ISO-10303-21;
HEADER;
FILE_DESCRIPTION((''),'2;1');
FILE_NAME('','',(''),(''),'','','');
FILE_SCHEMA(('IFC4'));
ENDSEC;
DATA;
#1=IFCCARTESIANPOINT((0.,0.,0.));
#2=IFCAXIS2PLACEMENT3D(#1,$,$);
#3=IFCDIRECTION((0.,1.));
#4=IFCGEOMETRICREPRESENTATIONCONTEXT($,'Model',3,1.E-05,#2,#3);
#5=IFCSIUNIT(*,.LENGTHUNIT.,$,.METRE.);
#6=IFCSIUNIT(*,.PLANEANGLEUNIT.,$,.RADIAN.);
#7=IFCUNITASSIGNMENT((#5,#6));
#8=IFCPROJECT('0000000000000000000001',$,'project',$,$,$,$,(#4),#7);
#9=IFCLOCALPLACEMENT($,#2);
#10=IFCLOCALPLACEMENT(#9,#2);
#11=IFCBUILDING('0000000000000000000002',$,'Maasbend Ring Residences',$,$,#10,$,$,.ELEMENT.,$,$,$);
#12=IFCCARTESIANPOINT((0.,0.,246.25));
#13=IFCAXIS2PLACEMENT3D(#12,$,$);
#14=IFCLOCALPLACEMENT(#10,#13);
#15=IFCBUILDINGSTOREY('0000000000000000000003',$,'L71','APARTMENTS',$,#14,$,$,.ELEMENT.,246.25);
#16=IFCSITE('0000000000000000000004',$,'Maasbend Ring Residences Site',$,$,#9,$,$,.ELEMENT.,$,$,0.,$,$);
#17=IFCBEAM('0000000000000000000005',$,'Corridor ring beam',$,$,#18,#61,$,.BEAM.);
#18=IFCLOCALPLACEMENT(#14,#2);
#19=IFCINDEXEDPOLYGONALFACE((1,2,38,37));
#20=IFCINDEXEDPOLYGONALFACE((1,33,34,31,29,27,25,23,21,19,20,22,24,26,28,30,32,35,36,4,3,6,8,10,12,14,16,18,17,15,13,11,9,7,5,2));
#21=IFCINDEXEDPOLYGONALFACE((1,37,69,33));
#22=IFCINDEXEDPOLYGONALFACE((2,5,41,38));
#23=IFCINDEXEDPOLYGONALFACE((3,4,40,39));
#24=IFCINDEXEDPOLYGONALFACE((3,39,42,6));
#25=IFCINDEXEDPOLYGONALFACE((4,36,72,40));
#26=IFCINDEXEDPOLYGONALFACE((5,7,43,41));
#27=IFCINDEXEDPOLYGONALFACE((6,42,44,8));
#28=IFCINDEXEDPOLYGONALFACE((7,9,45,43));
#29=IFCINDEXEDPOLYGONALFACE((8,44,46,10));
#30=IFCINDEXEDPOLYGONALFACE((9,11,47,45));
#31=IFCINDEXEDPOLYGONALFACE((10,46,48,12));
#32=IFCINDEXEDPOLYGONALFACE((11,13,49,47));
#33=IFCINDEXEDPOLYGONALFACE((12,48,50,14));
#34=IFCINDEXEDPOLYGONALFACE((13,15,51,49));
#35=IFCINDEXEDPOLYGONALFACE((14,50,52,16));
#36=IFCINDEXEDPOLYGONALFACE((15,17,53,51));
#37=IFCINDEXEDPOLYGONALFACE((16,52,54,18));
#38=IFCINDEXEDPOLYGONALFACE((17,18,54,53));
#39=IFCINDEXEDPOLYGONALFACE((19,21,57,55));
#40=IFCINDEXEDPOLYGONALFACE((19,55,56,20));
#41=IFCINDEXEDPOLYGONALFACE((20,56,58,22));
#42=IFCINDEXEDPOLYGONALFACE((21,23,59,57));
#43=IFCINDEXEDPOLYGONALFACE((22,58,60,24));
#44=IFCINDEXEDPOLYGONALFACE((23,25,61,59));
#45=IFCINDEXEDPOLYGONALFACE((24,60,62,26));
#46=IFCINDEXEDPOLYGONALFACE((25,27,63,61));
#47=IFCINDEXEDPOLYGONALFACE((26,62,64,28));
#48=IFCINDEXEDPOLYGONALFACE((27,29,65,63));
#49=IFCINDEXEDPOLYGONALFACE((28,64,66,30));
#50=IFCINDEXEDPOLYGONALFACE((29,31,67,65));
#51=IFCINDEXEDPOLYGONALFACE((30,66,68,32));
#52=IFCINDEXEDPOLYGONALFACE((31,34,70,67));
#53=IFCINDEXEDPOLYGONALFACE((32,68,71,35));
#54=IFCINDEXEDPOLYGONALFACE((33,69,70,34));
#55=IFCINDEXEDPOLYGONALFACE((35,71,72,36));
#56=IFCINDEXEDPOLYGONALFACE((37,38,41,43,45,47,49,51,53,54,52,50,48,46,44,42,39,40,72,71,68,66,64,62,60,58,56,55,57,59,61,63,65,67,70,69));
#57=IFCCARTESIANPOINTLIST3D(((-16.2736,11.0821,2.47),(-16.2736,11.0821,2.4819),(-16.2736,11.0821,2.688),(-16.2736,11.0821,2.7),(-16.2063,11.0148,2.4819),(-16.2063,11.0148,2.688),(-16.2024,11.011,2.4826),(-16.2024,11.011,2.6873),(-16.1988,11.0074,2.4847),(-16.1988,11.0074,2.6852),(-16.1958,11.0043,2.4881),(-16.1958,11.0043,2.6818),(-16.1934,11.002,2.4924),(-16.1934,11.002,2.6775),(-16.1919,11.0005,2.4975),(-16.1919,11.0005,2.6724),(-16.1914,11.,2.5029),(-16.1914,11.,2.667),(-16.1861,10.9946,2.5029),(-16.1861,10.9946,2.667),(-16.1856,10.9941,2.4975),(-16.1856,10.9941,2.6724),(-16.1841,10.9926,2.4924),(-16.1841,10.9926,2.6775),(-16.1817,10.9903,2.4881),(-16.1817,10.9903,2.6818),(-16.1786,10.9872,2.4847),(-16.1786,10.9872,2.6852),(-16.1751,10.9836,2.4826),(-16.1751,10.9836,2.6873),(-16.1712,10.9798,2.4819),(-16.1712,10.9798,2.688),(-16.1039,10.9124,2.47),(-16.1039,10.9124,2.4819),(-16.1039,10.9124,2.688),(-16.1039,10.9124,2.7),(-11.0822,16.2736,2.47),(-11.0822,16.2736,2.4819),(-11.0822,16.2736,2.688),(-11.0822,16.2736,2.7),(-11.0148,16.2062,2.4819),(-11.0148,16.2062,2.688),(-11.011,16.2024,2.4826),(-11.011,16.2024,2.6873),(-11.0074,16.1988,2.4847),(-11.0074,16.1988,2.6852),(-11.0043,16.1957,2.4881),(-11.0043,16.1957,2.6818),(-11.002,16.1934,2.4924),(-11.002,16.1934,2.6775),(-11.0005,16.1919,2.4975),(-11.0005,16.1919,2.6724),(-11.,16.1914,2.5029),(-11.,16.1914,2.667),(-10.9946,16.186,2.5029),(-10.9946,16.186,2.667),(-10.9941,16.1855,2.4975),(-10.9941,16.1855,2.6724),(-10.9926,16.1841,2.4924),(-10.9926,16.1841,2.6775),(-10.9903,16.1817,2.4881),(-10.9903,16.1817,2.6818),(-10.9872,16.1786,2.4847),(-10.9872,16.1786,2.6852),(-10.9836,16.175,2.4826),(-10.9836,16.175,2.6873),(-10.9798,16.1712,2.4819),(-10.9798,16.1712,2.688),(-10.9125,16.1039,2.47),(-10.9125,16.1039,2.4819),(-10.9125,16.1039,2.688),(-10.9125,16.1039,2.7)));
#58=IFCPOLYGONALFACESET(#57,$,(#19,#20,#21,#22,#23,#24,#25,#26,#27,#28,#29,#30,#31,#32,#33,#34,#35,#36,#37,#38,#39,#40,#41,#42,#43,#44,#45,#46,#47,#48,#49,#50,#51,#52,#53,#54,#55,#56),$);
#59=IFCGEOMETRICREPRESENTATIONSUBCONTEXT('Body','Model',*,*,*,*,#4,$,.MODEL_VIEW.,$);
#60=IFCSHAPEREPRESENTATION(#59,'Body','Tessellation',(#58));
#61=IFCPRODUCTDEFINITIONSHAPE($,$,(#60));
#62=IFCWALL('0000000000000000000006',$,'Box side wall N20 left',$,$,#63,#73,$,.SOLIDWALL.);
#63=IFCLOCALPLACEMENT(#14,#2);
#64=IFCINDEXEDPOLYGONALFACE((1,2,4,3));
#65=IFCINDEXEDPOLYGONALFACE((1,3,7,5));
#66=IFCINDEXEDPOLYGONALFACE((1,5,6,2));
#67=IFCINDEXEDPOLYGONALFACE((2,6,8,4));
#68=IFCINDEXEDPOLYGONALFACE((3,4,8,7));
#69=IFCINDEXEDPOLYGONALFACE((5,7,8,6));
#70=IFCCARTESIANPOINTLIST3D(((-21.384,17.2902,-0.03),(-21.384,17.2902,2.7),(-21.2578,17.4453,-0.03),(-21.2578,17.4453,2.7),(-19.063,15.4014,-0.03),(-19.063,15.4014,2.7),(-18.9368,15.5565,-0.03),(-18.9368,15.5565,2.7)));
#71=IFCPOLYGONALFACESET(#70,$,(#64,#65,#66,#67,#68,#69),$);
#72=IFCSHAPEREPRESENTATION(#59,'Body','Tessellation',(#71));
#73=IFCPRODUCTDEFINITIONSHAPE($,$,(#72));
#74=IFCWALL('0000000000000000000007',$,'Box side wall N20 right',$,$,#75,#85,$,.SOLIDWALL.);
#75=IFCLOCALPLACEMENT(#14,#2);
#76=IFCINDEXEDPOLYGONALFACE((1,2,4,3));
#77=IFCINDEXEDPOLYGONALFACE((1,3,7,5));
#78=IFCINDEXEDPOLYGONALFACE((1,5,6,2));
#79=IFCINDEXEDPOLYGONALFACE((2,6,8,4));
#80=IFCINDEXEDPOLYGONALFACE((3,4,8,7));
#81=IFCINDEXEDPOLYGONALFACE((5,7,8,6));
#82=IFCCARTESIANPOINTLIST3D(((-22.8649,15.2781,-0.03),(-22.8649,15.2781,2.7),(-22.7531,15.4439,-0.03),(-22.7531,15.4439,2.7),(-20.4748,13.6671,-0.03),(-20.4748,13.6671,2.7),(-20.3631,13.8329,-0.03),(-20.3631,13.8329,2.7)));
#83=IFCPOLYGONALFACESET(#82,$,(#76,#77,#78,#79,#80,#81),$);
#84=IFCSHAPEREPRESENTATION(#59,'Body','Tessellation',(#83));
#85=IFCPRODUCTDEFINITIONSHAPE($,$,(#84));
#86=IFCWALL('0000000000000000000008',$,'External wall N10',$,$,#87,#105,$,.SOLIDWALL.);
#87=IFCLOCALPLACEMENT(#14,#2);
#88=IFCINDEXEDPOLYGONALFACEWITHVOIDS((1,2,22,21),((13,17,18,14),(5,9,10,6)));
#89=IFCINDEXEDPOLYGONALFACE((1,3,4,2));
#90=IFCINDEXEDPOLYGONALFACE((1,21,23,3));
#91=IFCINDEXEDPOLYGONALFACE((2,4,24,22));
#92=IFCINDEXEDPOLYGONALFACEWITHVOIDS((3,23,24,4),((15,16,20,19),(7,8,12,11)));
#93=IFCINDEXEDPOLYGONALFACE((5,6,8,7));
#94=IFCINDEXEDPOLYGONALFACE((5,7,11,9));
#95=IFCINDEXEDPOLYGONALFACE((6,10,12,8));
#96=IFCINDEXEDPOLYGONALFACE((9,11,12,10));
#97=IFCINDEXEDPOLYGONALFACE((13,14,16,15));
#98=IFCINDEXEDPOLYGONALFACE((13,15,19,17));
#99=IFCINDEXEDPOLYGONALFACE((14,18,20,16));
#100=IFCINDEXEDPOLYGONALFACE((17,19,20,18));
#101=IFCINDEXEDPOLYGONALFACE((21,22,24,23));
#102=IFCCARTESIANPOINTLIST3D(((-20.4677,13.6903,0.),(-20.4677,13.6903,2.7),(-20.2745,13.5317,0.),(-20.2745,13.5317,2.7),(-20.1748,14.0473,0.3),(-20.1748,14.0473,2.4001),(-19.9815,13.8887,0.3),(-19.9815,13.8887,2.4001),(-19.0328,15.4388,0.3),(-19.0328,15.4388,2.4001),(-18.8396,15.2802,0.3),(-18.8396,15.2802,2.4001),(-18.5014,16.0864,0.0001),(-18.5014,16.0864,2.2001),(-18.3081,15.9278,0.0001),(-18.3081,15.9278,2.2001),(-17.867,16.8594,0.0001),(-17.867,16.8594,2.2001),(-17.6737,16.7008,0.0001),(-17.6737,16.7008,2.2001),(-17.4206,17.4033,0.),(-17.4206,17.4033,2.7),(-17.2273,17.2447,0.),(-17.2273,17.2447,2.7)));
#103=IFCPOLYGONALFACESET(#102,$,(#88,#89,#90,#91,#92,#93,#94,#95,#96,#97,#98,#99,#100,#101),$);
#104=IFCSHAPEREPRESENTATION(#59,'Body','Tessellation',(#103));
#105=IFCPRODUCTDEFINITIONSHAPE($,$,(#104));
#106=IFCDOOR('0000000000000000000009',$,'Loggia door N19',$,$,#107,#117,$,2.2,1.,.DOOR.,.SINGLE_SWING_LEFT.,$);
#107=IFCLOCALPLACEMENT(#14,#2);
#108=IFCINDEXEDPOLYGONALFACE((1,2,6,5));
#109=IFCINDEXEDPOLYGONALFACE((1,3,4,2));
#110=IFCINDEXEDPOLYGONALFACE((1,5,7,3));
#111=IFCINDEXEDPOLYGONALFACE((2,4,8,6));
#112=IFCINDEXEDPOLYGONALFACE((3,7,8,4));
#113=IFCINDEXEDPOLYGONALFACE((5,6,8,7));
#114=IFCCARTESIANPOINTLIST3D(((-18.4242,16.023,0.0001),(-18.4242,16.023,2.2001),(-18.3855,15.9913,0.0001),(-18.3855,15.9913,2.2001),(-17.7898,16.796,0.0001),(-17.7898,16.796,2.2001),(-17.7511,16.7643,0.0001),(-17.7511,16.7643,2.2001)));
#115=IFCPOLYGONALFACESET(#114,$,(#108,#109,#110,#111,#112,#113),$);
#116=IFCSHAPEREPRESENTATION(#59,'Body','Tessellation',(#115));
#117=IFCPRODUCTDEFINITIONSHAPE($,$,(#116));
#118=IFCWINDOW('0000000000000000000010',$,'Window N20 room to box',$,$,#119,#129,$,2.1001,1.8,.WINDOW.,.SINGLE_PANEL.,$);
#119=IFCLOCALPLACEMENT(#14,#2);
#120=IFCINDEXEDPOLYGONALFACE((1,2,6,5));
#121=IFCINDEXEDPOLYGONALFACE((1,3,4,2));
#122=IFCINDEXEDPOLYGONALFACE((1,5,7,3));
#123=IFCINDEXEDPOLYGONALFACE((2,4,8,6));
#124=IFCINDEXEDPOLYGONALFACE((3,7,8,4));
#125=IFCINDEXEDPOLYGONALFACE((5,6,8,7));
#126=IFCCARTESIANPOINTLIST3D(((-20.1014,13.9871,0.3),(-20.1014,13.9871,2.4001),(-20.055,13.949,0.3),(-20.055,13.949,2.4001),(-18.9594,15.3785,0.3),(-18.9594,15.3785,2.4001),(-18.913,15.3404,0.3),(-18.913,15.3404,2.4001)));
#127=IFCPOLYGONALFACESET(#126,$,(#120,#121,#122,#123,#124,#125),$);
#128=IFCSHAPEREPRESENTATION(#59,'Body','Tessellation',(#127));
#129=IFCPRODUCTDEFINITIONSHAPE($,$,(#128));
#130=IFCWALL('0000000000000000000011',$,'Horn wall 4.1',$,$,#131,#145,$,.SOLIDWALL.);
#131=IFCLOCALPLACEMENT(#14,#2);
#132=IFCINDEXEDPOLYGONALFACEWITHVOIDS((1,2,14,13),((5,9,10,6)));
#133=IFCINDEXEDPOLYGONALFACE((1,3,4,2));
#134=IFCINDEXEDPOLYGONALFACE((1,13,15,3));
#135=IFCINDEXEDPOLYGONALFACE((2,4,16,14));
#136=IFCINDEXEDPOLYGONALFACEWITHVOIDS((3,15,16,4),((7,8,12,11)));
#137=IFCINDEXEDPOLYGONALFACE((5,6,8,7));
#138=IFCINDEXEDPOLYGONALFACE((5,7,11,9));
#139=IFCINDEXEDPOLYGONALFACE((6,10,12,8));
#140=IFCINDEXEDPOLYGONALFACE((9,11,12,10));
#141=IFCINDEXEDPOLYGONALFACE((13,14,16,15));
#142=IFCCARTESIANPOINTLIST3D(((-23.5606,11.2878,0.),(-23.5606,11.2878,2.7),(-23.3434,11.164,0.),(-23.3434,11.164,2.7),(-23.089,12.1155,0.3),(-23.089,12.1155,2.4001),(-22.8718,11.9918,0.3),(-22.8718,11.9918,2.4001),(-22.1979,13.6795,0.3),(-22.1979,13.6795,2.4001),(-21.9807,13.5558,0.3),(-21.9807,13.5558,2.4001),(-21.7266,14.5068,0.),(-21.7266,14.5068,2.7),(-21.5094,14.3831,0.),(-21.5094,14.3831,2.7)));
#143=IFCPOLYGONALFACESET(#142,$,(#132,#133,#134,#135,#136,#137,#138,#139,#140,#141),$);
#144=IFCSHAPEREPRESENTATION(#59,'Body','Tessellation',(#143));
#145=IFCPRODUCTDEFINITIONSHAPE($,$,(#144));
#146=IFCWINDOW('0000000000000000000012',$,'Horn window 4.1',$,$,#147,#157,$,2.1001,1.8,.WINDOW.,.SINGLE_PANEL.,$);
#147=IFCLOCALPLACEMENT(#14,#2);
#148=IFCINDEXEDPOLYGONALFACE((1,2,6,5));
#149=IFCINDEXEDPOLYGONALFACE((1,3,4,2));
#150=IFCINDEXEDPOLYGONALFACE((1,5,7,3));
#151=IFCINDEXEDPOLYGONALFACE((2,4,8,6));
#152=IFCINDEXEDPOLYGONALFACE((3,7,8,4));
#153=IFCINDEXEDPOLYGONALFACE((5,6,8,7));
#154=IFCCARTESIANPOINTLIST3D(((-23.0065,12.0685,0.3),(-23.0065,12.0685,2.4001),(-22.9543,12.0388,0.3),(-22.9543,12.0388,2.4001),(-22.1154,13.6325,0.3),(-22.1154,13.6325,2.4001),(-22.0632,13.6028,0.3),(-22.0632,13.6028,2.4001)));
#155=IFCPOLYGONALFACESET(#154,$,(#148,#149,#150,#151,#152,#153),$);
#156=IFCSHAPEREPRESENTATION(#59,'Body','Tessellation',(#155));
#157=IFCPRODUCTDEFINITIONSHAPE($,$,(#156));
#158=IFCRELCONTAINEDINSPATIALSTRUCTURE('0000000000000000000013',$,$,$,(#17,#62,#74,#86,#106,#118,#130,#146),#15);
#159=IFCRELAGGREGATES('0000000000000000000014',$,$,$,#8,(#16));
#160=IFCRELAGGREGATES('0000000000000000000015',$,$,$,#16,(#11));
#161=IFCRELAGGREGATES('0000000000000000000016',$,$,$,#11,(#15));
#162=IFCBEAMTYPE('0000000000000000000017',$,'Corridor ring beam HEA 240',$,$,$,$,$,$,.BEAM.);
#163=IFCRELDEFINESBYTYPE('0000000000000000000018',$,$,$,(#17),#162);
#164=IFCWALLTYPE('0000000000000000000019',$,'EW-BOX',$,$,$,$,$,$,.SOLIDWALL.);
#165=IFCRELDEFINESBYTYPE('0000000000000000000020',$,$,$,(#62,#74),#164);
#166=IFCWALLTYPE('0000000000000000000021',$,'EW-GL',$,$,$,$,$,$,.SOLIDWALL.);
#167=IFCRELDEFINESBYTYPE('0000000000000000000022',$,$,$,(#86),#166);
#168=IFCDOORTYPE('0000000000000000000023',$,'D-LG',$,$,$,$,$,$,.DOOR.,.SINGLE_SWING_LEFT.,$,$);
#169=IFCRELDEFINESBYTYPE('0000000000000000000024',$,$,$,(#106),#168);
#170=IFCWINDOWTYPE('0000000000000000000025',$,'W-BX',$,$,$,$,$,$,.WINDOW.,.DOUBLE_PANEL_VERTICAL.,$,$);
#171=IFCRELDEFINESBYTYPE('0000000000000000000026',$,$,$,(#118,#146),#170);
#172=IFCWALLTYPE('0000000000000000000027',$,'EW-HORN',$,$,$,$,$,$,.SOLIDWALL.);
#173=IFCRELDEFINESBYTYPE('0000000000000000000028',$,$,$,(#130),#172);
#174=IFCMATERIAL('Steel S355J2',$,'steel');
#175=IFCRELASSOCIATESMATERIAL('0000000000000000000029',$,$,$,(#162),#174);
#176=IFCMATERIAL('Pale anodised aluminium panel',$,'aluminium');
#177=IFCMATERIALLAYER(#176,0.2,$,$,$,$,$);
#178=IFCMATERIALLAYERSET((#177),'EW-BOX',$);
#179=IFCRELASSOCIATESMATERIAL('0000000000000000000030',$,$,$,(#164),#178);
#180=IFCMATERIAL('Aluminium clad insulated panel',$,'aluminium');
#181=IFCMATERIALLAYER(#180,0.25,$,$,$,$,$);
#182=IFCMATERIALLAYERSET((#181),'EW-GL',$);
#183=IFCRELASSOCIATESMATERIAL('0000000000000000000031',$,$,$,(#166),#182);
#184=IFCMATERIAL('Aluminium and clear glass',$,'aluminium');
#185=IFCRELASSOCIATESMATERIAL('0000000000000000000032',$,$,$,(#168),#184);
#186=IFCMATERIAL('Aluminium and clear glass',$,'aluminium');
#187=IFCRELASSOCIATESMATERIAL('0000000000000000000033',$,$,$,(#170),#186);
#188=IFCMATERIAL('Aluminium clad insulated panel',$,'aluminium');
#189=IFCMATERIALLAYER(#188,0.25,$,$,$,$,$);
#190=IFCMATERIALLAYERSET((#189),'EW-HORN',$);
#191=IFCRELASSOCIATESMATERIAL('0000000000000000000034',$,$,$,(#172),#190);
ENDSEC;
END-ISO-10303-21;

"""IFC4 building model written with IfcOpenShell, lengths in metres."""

from ifc_helpers import new_model, si_unit, direction, frame, frame_2d, origin, origin_2d, place, context, subcontext, project, spatial, rectangle, i_section, extrude, material, layer, layer_set, material_profile, profile_set, type_object, element, fill, save


model = new_model("IFC4")

# Units and contexts
model_context = context("Model", 3, precision=1e-05, world=origin(), true_north=direction((0.0, 1.0)))
body_context = subcontext(model_context, "Body", "Model", "MODEL_VIEW")
ifc_project = project(units=[si_unit("LENGTHUNIT", "METRE"), si_unit("PLANEANGLEUNIT", "RADIAN")], contexts=[model_context])

# Site, building, storey
site_placement = place(None, origin())
site = spatial("IfcSite", under=ifc_project, at=site_placement, Name="Maasbend Ring Residences Site", CompositionType="ELEMENT", RefElevation=0.0)
building_placement = place(site_placement, origin())
building = spatial("IfcBuilding", under=site, at=building_placement, Name="Maasbend Ring Residences", CompositionType="ELEMENT")
storey_placement = place(building_placement, frame((0.0, 0.0, 246.25)))
storey = spatial("IfcBuildingStorey", under=building, at=storey_placement, Name="L71", Description="APARTMENTS", CompositionType="ELEMENT", Elevation=246.25)

# Beam
ifc_material_1 = material(Name="Steel S355J2", Category="steel")
ifc_material_profile_1 = material_profile(ifc_material_1, i_section(OverallWidth=0.24, OverallDepth=0.23, WebThickness=0.0076, FlangeThickness=0.012, FilletRadius=0.021, at=origin_2d()), Name="HEA 240")
ifc_profile_set_1 = profile_set([ifc_material_profile_1], Name="Steel S355J2")
beam_type = type_object("IfcBeamType", Name="Corridor ring beam HEA 240", PredefinedType="BEAM", material=ifc_profile_set_1)
beam_placement = place(storey_placement, frame((-10.9973, 16.1887, 2.585), z_axis=(-0.707107, -0.707107, 0.0), x_axis=(0.707107, -0.707107, 0.0)))
element("IfcBeam", 1, at=beam_placement, inside=storey, type_object=beam_type, Name="Corridor ring beam", PredefinedType="BEAM", context=body_context, shape_type="SweptSolid", body=[
    extrude(i_section(OverallWidth=0.24, OverallDepth=0.23, WebThickness=0.0076, FlangeThickness=0.012, FilletRadius=0.021, at=origin_2d()), origin(), (0.0, 0.0, 1.0), 7.3418),
])

# Walls
ifc_material_2 = material(Name="Pale anodised aluminium panel", Category="aluminium")
ifc_layer_1 = layer(ifc_material_2, 0.2)
ifc_layer_set_1 = layer_set([ifc_layer_1], Name="EW-BOX")
wall_type_1 = type_object("IfcWallType", Name="EW-BOX", PredefinedType="SOLIDWALL", material=ifc_layer_set_1)
wall_1_placement = place(storey_placement, frame((-19.0, 15.479, -0.03), z_axis=(0.0, 0.0, 1.0), x_axis=(-0.775612, 0.63121, 0.0)))
element("IfcWall", 2, at=wall_1_placement, inside=storey, type_object=wall_type_1, Name="Box side wall N20 left", PredefinedType="SOLIDWALL", context=body_context, shape_type="SweptSolid", body=[
    extrude(rectangle(XDim=2.9924, YDim=0.2, at=frame_2d((1.4961, 0.0))), origin(), (0.0, 0.0, 1.0), 2.73),
])
wall_2_placement = place(storey_placement, frame((-20.4189, 13.75, -0.03), z_axis=(0.0, 0.0, 1.0), x_axis=(-0.829212, 0.558934, 0.0)))
element("IfcWall", 3, at=wall_2_placement, inside=storey, type_object=wall_type_1, Name="Box side wall N20 right", PredefinedType="SOLIDWALL", context=body_context, shape_type="SweptSolid", body=[
    extrude(rectangle(XDim=2.8823, YDim=0.2, at=frame_2d((1.4412, 0.0))), origin(), (0.0, 0.0, 1.0), 2.73),
])

# Wall, openings, door, window
ifc_material_3 = material(Name="Aluminium clad insulated panel", Category="aluminium")
ifc_layer_2 = layer(ifc_material_3, 0.25)
ifc_layer_set_2 = layer_set([ifc_layer_2], Name="EW-GL")
wall_type_2 = type_object("IfcWallType", Name="EW-GL", PredefinedType="SOLIDWALL", material=ifc_layer_set_2)
wall_3_placement = place(storey_placement, frame((-17.324, 17.324, 0.0), z_axis=(0.0, 0.0, 1.0), x_axis=(-0.634397, -0.773008, 0.0)))
wall_3 = element("IfcWall", 4, at=wall_3_placement, inside=storey, type_object=wall_type_2, Name="External wall N10", PredefinedType="SOLIDWALL", context=body_context, shape_type="SweptSolid", body=[
    extrude(rectangle(XDim=4.8032, YDim=0.25, at=frame_2d((2.4016, 0.0))), origin(), (0.0, 0.0, 1.0), 2.7),
])
opening_1_placement = place(wall_3_placement, frame((0.7036, 0.0, 0.0)))
opening_1 = element("IfcOpeningElement", 5, at=opening_1_placement, cuts=wall_3, PredefinedType="OPENING", context=body_context, shape_type="SweptSolid", body=[
    extrude(rectangle(XDim=1.0, YDim=2.2, at=frame_2d((0.5, 1.1001))), frame((0.0, 0.135, 0.0), z_axis=(0.0, -1.0, 0.0), x_axis=(1.0, 0.0, 0.0)), (0.0, 0.0, 1.0), 0.27),
])
opening_2_placement = place(wall_3_placement, frame((2.5415, 0.0, 0.3)))
opening_2 = element("IfcOpeningElement", 6, at=opening_2_placement, cuts=wall_3, PredefinedType="OPENING", context=body_context, shape_type="SweptSolid", body=[
    extrude(rectangle(XDim=1.8, YDim=2.1001, at=frame_2d((0.8999, 1.05))), frame((0.0, 0.135, 0.0), z_axis=(0.0, -1.0, 0.0), x_axis=(1.0, 0.0, 0.0)), (0.0, 0.0, 1.0), 0.27),
])
ifc_material_4 = material(Name="Aluminium and clear glass", Category="aluminium")
door_type_1 = type_object("IfcDoorType", Name="D-LG", OperationType="SINGLE_SWING_LEFT", PredefinedType="DOOR", material=ifc_material_4)
door_1_placement = place(opening_1_placement, origin())
door_1 = element("IfcDoor", 7, at=door_1_placement, inside=storey, type_object=door_type_1, Name="Loggia door N19", OperationType="SINGLE_SWING_LEFT", OverallHeight=2.2, OverallWidth=1.0, PredefinedType="DOOR", context=body_context, shape_type="SweptSolid", body=[
    extrude(rectangle(XDim=1.0, YDim=2.2, at=frame_2d((0.5, 1.1001))), frame((0.0, 0.0249, 0.0), z_axis=(0.0, -1.0, 0.0), x_axis=(1.0, 0.0, 0.0)), (0.0, 0.0, 1.0), 0.05),
])
fill(opening_1, door_1)
ifc_material_5 = material(Name="Aluminium and clear glass", Category="aluminium")
window_type = type_object("IfcWindowType", Name="W-BX", PartitioningType="DOUBLE_PANEL_VERTICAL", PredefinedType="WINDOW", material=ifc_material_5)
window_1_placement = place(opening_2_placement, origin())
window_1 = element("IfcWindow", 8, at=window_1_placement, inside=storey, type_object=window_type, Name="Window N20 room to box", OverallHeight=2.1001, OverallWidth=1.8, PartitioningType="SINGLE_PANEL", PredefinedType="WINDOW", context=body_context, shape_type="SweptSolid", body=[
    extrude(rectangle(XDim=1.8, YDim=2.1001, at=frame_2d((0.8999, 1.05))), frame((0.0, 0.03, 0.0), z_axis=(0.0, -1.0, 0.0), x_axis=(1.0, 0.0, 0.0)), (0.0, 0.0, 1.0), 0.0601),
])
fill(opening_2, window_1)

# Wall, opening, window
ifc_material_6 = material(Name="Aluminium clad insulated panel", Category="aluminium")
ifc_layer_3 = layer(ifc_material_6, 0.25)
ifc_layer_set_3 = layer_set([ifc_layer_3], Name="EW-HORN")
wall_type_3 = type_object("IfcWallType", Name="EW-HORN", PredefinedType="SOLIDWALL", material=ifc_layer_set_3)
wall_4_placement = place(storey_placement, frame((-21.6179, 14.4451, 0.0), z_axis=(0.0, 0.0, 1.0), x_axis=(-0.495031, -0.868875, 0.0)))
wall_4 = element("IfcWall", 9, at=wall_4_placement, inside=storey, type_object=wall_type_3, Name="Horn wall 4.1", PredefinedType="SOLIDWALL", context=body_context, shape_type="SweptSolid", body=[
    extrude(rectangle(XDim=3.7048, YDim=0.25, at=frame_2d((1.8525, 0.0))), origin(), (0.0, 0.0, 1.0), 2.7),
])
opening_3_placement = place(wall_4_placement, frame((0.9524, 0.0, 0.3)))
opening_3 = element("IfcOpeningElement", 10, at=opening_3_placement, cuts=wall_4, PredefinedType="OPENING", context=body_context, shape_type="SweptSolid", body=[
    extrude(rectangle(XDim=1.8, YDim=2.1001, at=frame_2d((0.8999, 1.05))), frame((0.0, 0.135, 0.0), z_axis=(0.0, -1.0, 0.0), x_axis=(1.0, 0.0, 0.0)), (0.0, 0.0, 1.0), 0.27),
])
window_2_placement = place(opening_3_placement, origin())
window_2 = element("IfcWindow", 11, at=window_2_placement, inside=storey, type_object=window_type, Name="Horn window 4.1", OverallHeight=2.1001, OverallWidth=1.8, PartitioningType="SINGLE_PANEL", PredefinedType="WINDOW", context=body_context, shape_type="SweptSolid", body=[
    extrude(rectangle(XDim=1.8, YDim=2.1001, at=frame_2d((0.8999, 1.05))), frame((0.0, 0.03, 0.0), z_axis=(0.0, -1.0, 0.0), x_axis=(1.0, 0.0, 0.0)), (0.0, 0.0, 1.0), 0.0601),
])
fill(opening_3, window_2)

save(model, "model.ifc")
